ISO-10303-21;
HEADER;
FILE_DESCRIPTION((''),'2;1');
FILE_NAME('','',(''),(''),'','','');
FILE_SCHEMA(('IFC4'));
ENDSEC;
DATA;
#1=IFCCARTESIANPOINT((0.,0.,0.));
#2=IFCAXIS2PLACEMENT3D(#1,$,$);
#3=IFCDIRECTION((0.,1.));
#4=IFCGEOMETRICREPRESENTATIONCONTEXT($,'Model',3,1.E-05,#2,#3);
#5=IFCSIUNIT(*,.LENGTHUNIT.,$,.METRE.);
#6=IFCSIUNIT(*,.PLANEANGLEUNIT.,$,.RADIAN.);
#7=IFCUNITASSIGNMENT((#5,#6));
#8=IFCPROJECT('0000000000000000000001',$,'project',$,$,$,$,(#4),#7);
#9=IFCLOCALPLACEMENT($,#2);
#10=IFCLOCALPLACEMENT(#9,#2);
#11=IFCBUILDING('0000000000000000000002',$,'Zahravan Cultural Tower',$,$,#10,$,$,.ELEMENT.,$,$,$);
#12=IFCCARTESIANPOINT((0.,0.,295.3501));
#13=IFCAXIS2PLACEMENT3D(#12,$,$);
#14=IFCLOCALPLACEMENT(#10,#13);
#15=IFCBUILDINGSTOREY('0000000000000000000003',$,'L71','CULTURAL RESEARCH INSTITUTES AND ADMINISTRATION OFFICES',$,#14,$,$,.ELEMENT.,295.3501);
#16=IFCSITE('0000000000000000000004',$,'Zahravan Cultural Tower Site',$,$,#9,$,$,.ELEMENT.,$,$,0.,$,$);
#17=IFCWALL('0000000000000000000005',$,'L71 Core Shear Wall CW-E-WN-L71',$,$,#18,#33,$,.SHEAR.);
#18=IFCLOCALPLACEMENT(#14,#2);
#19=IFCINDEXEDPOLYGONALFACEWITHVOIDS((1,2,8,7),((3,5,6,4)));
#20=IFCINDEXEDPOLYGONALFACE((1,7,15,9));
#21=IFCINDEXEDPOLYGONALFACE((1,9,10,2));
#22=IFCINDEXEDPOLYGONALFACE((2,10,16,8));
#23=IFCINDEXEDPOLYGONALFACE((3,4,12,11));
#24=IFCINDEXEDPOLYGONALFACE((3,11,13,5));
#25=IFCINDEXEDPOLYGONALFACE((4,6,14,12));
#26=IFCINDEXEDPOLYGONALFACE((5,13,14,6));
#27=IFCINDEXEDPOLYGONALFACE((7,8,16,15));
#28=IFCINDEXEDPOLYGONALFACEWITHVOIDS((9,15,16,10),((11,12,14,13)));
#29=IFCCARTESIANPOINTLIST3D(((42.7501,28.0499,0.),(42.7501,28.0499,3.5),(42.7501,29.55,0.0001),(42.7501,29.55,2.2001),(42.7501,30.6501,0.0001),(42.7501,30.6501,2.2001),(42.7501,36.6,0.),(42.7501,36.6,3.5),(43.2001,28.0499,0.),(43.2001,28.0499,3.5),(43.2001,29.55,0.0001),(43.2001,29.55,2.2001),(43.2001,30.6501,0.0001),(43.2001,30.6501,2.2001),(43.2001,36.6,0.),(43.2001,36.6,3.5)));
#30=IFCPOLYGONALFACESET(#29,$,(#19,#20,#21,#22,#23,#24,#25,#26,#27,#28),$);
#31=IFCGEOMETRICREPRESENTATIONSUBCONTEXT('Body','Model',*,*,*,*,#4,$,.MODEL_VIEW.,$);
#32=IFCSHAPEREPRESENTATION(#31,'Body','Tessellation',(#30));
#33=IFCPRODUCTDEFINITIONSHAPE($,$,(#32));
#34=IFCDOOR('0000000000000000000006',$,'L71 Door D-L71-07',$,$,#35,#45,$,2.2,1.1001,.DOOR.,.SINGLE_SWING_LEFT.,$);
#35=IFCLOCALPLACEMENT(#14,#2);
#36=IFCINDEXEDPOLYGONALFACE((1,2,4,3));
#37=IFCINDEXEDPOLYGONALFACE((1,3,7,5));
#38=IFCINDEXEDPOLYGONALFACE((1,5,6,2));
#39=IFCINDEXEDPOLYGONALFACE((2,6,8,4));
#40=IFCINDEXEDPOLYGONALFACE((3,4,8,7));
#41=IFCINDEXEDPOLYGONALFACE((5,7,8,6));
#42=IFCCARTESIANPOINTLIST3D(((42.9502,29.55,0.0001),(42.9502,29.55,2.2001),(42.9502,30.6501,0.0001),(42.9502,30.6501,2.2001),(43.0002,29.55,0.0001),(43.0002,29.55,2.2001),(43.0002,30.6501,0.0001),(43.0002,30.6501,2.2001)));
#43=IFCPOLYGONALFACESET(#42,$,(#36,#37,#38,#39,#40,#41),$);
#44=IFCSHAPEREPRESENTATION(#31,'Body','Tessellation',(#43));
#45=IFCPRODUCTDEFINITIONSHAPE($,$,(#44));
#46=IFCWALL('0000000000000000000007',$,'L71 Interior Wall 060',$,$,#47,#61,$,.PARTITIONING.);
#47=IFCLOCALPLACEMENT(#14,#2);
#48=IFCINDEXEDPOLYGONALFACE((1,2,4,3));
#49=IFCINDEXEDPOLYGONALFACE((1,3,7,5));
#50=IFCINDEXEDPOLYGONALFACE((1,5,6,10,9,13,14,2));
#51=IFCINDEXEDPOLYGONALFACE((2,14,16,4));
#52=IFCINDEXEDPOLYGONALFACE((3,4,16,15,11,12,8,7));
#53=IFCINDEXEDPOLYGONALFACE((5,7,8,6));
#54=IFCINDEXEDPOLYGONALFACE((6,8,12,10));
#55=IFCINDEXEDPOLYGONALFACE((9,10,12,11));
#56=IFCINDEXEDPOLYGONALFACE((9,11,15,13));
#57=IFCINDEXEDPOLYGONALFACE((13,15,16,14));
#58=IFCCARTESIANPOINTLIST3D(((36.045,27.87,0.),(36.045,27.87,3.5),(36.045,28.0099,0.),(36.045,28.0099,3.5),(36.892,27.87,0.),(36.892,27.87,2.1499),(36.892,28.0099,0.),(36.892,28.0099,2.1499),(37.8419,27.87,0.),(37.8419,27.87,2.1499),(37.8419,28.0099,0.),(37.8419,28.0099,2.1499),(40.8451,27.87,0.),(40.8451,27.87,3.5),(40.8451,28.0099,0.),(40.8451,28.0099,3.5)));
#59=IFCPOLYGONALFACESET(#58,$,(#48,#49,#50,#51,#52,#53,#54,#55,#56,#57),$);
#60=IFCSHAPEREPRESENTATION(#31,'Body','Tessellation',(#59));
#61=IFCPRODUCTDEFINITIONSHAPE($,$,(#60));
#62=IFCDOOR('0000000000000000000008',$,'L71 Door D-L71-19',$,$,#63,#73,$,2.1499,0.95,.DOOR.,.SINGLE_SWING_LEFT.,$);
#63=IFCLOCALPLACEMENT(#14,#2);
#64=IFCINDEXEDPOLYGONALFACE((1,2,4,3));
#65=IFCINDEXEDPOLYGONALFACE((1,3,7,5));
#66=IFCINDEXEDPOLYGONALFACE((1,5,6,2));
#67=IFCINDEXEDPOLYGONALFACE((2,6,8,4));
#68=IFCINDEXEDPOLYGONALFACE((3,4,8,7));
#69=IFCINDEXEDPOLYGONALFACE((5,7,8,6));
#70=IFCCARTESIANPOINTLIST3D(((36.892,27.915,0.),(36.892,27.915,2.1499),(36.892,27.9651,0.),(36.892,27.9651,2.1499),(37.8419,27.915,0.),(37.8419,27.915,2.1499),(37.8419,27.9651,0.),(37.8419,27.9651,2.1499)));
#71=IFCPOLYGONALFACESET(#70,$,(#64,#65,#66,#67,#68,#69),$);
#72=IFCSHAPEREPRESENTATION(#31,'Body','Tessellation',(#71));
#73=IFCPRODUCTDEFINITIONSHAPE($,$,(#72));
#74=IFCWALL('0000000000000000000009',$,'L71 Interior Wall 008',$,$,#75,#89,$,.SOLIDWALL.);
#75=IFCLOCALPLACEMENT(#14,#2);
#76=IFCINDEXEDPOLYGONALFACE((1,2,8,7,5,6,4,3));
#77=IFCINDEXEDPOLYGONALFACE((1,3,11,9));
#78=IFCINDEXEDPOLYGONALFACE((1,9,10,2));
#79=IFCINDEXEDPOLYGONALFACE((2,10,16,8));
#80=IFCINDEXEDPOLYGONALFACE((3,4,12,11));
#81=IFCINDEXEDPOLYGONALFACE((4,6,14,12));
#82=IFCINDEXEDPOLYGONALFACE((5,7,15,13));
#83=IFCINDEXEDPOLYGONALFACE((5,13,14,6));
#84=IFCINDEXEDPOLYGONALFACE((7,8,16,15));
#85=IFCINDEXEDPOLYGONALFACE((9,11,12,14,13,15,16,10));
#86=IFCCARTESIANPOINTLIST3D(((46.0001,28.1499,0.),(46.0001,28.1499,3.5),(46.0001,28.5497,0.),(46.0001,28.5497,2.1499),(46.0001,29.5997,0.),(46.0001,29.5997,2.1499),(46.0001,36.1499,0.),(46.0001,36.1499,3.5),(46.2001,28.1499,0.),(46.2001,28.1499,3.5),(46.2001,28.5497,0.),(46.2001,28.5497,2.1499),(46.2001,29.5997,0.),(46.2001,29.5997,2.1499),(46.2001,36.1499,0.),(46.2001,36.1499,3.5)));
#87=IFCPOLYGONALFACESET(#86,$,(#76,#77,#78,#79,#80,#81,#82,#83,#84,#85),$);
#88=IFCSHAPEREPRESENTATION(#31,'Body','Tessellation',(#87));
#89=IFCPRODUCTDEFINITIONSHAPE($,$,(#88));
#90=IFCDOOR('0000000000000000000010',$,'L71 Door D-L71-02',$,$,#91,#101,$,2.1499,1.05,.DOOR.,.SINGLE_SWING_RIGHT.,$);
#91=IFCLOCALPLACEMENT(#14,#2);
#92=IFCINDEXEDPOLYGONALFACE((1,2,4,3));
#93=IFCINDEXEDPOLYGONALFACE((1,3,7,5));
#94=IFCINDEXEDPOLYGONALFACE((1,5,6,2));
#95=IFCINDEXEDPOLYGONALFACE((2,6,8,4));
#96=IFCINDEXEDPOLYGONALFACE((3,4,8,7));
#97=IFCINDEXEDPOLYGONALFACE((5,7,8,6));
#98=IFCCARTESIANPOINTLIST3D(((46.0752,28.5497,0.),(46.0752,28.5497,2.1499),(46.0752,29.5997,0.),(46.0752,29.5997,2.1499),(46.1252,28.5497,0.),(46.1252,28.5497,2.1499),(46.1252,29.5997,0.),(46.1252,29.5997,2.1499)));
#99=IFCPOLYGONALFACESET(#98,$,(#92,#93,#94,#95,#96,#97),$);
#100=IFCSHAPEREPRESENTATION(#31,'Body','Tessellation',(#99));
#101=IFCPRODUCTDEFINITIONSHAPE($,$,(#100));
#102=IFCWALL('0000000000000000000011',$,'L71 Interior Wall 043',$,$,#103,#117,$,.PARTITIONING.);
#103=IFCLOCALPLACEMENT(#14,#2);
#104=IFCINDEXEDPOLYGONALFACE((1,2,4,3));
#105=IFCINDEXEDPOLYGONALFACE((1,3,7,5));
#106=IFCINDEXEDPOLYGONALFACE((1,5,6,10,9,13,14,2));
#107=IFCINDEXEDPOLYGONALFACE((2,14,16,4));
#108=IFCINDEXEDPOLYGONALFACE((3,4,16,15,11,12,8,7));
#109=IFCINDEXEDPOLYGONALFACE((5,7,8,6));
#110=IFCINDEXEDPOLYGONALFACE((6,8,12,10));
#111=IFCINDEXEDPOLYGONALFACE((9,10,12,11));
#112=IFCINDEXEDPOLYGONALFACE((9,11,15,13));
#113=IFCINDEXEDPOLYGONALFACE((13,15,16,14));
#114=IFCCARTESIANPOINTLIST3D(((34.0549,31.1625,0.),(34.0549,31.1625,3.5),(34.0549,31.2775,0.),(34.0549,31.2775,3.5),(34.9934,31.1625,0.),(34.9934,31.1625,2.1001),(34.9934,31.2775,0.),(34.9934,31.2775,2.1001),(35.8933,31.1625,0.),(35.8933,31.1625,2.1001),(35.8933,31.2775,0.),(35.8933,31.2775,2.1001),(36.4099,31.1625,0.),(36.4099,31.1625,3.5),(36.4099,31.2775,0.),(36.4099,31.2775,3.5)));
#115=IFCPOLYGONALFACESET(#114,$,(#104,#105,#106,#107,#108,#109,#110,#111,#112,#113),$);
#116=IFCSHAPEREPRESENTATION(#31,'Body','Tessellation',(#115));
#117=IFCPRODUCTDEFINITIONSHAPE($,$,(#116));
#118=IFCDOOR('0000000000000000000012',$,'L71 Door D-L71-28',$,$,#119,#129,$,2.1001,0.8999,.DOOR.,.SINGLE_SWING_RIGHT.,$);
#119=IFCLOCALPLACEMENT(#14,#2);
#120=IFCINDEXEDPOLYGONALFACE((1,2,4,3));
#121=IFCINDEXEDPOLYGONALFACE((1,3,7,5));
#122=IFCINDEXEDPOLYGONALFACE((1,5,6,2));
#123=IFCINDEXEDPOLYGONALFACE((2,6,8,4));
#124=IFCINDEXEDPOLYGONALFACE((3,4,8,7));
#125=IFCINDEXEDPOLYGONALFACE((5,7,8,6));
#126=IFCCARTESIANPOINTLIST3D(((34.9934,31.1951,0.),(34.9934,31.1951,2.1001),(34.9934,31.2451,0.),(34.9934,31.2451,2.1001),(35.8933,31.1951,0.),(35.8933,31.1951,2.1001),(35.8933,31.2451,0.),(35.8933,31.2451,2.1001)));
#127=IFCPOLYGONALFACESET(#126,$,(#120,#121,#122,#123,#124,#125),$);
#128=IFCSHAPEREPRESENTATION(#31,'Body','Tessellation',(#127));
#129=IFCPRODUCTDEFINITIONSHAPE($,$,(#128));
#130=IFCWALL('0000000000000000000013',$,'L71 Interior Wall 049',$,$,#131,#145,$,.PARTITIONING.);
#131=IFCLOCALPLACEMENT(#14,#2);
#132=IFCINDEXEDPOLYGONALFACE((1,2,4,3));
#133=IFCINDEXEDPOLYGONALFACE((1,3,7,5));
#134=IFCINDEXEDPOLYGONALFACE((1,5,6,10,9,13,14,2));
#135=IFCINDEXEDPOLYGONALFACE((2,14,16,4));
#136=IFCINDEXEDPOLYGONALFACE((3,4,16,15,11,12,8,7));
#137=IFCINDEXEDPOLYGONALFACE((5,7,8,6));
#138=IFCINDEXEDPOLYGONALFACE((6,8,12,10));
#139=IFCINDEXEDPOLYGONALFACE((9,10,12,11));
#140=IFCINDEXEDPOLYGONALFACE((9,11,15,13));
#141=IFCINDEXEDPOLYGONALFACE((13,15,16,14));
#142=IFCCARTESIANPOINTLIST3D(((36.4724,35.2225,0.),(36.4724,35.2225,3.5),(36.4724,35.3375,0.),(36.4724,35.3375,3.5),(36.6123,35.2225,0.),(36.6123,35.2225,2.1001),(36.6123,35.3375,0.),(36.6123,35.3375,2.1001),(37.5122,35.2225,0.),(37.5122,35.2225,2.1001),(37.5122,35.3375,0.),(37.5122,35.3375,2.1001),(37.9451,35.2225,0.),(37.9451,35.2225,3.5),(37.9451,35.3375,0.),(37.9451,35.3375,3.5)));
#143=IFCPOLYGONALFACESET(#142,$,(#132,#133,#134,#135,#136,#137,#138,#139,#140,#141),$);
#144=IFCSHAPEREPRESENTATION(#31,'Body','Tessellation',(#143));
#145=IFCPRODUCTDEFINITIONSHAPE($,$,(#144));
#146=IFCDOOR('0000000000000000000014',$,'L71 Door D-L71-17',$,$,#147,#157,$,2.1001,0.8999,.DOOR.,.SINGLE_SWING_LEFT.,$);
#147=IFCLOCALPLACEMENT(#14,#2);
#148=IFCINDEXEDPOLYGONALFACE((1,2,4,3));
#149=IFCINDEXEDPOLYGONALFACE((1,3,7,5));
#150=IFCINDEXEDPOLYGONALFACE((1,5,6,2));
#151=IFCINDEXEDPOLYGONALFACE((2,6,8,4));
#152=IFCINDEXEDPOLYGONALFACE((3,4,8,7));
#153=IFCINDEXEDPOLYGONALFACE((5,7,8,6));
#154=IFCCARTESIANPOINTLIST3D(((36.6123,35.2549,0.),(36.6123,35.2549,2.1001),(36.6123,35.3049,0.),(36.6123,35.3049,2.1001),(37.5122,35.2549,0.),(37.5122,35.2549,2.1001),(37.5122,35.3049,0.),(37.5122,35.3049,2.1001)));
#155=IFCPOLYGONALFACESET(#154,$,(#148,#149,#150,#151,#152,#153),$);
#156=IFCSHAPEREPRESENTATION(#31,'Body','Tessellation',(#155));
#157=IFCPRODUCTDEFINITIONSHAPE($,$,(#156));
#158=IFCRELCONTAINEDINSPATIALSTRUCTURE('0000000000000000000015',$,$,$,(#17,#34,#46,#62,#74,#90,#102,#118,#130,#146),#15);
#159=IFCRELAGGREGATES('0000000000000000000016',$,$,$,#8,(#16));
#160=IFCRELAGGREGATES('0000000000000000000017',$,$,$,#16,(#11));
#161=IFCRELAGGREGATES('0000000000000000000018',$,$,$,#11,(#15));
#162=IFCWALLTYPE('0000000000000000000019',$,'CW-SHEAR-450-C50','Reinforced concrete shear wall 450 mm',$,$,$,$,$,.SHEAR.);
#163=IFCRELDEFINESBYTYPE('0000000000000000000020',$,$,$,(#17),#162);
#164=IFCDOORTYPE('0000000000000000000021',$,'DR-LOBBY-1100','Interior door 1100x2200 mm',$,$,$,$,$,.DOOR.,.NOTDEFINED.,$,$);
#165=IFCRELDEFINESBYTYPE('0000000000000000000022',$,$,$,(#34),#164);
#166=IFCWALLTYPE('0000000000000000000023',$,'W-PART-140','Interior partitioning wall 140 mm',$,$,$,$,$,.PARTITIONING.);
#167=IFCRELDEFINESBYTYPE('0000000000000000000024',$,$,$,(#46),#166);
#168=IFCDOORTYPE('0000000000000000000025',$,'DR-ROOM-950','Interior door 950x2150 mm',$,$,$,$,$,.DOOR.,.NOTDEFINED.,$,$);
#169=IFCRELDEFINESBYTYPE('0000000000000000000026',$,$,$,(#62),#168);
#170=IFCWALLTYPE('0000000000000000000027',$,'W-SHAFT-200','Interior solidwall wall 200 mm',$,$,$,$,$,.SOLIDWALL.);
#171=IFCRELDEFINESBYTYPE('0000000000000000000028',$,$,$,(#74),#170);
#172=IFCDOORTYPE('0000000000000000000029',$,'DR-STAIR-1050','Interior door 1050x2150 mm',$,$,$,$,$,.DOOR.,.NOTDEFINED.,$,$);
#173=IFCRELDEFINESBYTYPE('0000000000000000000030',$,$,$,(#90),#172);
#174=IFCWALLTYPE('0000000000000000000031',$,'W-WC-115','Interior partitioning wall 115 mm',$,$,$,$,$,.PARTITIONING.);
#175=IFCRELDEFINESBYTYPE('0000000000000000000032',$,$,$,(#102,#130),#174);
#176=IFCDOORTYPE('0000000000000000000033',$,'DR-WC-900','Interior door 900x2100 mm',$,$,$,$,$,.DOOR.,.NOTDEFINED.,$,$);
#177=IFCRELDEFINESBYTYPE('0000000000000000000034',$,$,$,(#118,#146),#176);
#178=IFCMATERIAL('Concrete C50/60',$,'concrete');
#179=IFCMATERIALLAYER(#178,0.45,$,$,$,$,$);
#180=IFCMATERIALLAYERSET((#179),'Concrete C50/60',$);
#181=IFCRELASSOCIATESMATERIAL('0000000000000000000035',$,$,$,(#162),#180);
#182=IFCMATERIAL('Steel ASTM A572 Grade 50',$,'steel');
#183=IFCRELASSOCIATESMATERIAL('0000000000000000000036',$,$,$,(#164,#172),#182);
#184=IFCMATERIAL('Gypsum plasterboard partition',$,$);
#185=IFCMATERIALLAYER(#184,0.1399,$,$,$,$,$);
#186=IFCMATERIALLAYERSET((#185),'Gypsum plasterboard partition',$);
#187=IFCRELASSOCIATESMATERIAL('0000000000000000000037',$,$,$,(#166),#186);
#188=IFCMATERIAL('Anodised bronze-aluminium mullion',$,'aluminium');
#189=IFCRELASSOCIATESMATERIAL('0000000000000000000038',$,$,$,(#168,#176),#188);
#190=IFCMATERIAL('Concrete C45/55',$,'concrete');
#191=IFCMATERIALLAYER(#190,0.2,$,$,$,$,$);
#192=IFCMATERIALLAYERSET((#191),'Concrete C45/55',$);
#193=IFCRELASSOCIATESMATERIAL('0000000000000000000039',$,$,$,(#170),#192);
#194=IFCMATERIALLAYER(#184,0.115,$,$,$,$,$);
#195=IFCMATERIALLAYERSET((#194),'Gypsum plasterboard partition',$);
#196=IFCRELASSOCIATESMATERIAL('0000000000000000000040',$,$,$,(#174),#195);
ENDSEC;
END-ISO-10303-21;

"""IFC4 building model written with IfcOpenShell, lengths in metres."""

from ifc_helpers import new_model, si_unit, direction, frame, frame_2d, origin, place, context, subcontext, project, spatial, rectangle, extrude, source, transform, mapped, material, layer, layer_set, type_object, element, fill, save


model = new_model("IFC4")

# Units and contexts
model_context = context("Model", 3, precision=1e-05, world=origin(), true_north=direction((0.0, 1.0)))
body_context = subcontext(model_context, "Body", "Model", "MODEL_VIEW")
ifc_project = project(units=[si_unit("LENGTHUNIT", "METRE"), si_unit("PLANEANGLEUNIT", "RADIAN")], contexts=[model_context])

# Site, building, storey
site_placement = place(None, origin())
site = spatial("IfcSite", under=ifc_project, at=site_placement, Name="Zahravan Cultural Tower Site", CompositionType="ELEMENT", RefElevation=0.0)
building_placement = place(site_placement, origin())
building = spatial("IfcBuilding", under=site, at=building_placement, Name="Zahravan Cultural Tower", CompositionType="ELEMENT")
storey_placement = place(building_placement, frame((0.0, 0.0, 295.3501)))
storey = spatial("IfcBuildingStorey", under=building, at=storey_placement, Name="L71", Description="CULTURAL RESEARCH INSTITUTES AND ADMINISTRATION OFFICES", CompositionType="ELEMENT", Elevation=295.3501)

# Walls, openings, doors
ifc_material_1 = material(Name="Concrete C50/60", Category="concrete")
ifc_layer_1 = layer(ifc_material_1, 0.45)
ifc_layer_set_1 = layer_set([ifc_layer_1], Name="Concrete C50/60")
wall_type_1 = type_object("IfcWallType", Name="CW-SHEAR-450-C50", Description="Reinforced concrete shear wall 450 mm", PredefinedType="SHEAR", material=ifc_layer_set_1)
wall_1_placement = place(storey_placement, frame((42.9751, 28.05, 0.0), z_axis=(0.0, 0.0, 1.0), x_axis=(0.0, 1.0, 0.0)))
wall_1 = element("IfcWall", 1, at=wall_1_placement, inside=storey, type_object=wall_type_1, Name="L71 Core Shear Wall CW-E-WN-L71", PredefinedType="SHEAR", context=body_context, shape_type="SweptSolid", body=[
    extrude(rectangle(XDim=8.55, YDim=0.45, at=frame_2d((4.2749, 0.0))), origin(), (0.0, 0.0, 1.0), 3.5),
])
opening_1_placement = place(wall_1_placement, frame((1.5, 0.0, 0.0)))
opening_1 = element("IfcOpeningElement", 2, at=opening_1_placement, cuts=wall_1, PredefinedType="OPENING", context=body_context, shape_type="SweptSolid", body=[
    extrude(rectangle(XDim=1.1001, YDim=2.2, at=frame_2d((0.55, 1.1001))), frame((0.0, 0.2349, 0.0), z_axis=(0.0, -1.0, 0.0), x_axis=(1.0, 0.0, 0.0)), (0.0, 0.0, 1.0), 0.47),
])
ifc_material_2 = material(Name="Steel ASTM A572 Grade 50", Category="steel")
door_type_1 = type_object("IfcDoorType", Name="DR-LOBBY-1100", Description="Interior door 1100x2200 mm", OperationType="NOTDEFINED", PredefinedType="DOOR", material=ifc_material_2)
shared_shape_1 = source(origin(), body_context, "Body", "SweptSolid", [
    extrude(rectangle(XDim=1.1001, YDim=2.2, at=frame_2d((0.55, 1.1001))), frame((0.0, 0.0249, 0.0), z_axis=(0.0, -1.0, 0.0), x_axis=(1.0, 0.0, 0.0)), (0.0, 0.0, 1.0), 0.05),
])
door_1_placement = place(opening_1_placement, origin())
door_1 = element("IfcDoor", 3, at=door_1_placement, inside=storey, type_object=door_type_1, Name="L71 Door D-L71-07", OperationType="SINGLE_SWING_LEFT", OverallHeight=2.2, OverallWidth=1.1001, PredefinedType="DOOR", context=body_context, shape_type="MappedRepresentation", body=[
    mapped(shared_shape_1, transform((0.0, 0.0, 0.0), x_axis=(1.0, 0.0, 0.0), y_axis=(0.0, 1.0, 0.0), z_axis=(0.0, 0.0, 1.0), scale=1.0)),
])
fill(opening_1, door_1)
ifc_material_3 = material(Name="Gypsum plasterboard partition")
ifc_layer_2 = layer(ifc_material_3, 0.1399)
ifc_layer_set_2 = layer_set([ifc_layer_2], Name="Gypsum plasterboard partition")
wall_type_2 = type_object("IfcWallType", Name="W-PART-140", Description="Interior partitioning wall 140 mm", PredefinedType="PARTITIONING", material=ifc_layer_set_2)
wall_2_placement = place(storey_placement, frame((40.845, 27.9399, 0.0), z_axis=(0.0, 0.0, 1.0), x_axis=(-1.0, 0.0, 0.0)))
wall_2 = element("IfcWall", 4, at=wall_2_placement, inside=storey, type_object=wall_type_2, Name="L71 Interior Wall 060", PredefinedType="PARTITIONING", context=body_context, shape_type="SweptSolid", body=[
    extrude(rectangle(XDim=4.8, YDim=0.1399, at=frame_2d((2.3999, 0.0))), origin(), (0.0, 0.0, 1.0), 3.5),
])
opening_2_placement = place(wall_2_placement, frame((3.0029, 0.0, 0.0)))
opening_2 = element("IfcOpeningElement", 5, at=opening_2_placement, cuts=wall_2, PredefinedType="OPENING", context=body_context, shape_type="SweptSolid", body=[
    extrude(rectangle(XDim=0.95, YDim=2.1499, at=frame_2d((0.4751, 1.075))), frame((0.0, 0.0798, 0.0), z_axis=(0.0, -1.0, 0.0), x_axis=(1.0, 0.0, 0.0)), (0.0, 0.0, 1.0), 0.1599),
])
ifc_material_4 = material(Name="Anodised bronze-aluminium mullion", Category="aluminium")
door_type_2 = type_object("IfcDoorType", Name="DR-ROOM-950", Description="Interior door 950x2150 mm", OperationType="NOTDEFINED", PredefinedType="DOOR", material=ifc_material_4)
shared_shape_2 = source(origin(), body_context, "Body", "SweptSolid", [
    extrude(rectangle(XDim=0.95, YDim=2.1499, at=frame_2d((0.4751, 1.075))), frame((0.0, 0.0249, 0.0), z_axis=(0.0, -1.0, 0.0), x_axis=(1.0, 0.0, 0.0)), (0.0, 0.0, 1.0), 0.05),
])
door_2_placement = place(opening_2_placement, origin())
door_2 = element("IfcDoor", 6, at=door_2_placement, inside=storey, type_object=door_type_2, Name="L71 Door D-L71-19", OperationType="SINGLE_SWING_LEFT", OverallHeight=2.1499, OverallWidth=0.95, PredefinedType="DOOR", context=body_context, shape_type="MappedRepresentation", body=[
    mapped(shared_shape_2, transform((0.0, 0.0, 0.0), x_axis=(1.0, 0.0, 0.0), y_axis=(0.0, 1.0, 0.0), z_axis=(0.0, 0.0, 1.0), scale=1.0)),
])
fill(opening_2, door_2)
ifc_material_5 = material(Name="Concrete C45/55", Category="concrete")
ifc_layer_3 = layer(ifc_material_5, 0.2)
ifc_layer_set_3 = layer_set([ifc_layer_3], Name="Concrete C45/55")
wall_type_3 = type_object("IfcWallType", Name="W-SHAFT-200", Description="Interior solidwall wall 200 mm", PredefinedType="SOLIDWALL", material=ifc_layer_set_3)
wall_3_placement = place(storey_placement, frame((46.1001, 28.1499, 0.0), z_axis=(0.0, 0.0, 1.0), x_axis=(0.0, 1.0, 0.0)))
wall_3 = element("IfcWall", 7, at=wall_3_placement, inside=storey, type_object=wall_type_3, Name="L71 Interior Wall 008", PredefinedType="SOLIDWALL", context=body_context, shape_type="SweptSolid", body=[
    extrude(rectangle(XDim=8.0, YDim=0.2, at=frame_2d((4.0, 0.0))), origin(), (0.0, 0.0, 1.0), 3.5),
])
opening_3_placement = place(wall_3_placement, frame((0.3999, 0.0, 0.0)))
opening_3 = element("IfcOpeningElement", 8, at=opening_3_placement, cuts=wall_3, PredefinedType="OPENING", context=body_context, shape_type="SweptSolid", body=[
    extrude(rectangle(XDim=1.05, YDim=2.1499, at=frame_2d((0.5249, 1.075))), frame((0.0, 0.1099, 0.0), z_axis=(0.0, -1.0, 0.0), x_axis=(1.0, 0.0, 0.0)), (0.0, 0.0, 1.0), 0.22),
])
door_type_3 = type_object("IfcDoorType", Name="DR-STAIR-1050", Description="Interior door 1050x2150 mm", OperationType="NOTDEFINED", PredefinedType="DOOR", material=ifc_material_2)
shared_shape_3 = source(origin(), body_context, "Body", "SweptSolid", [
    extrude(rectangle(XDim=1.05, YDim=2.1499, at=frame_2d((0.5249, 1.075))), frame((0.0, 0.0249, 0.0), z_axis=(0.0, -1.0, 0.0), x_axis=(1.0, 0.0, 0.0)), (0.0, 0.0, 1.0), 0.05),
])
door_3_placement = place(opening_3_placement, origin())
door_3 = element("IfcDoor", 9, at=door_3_placement, inside=storey, type_object=door_type_3, Name="L71 Door D-L71-02", OperationType="SINGLE_SWING_RIGHT", OverallHeight=2.1499, OverallWidth=1.05, PredefinedType="DOOR", context=body_context, shape_type="MappedRepresentation", body=[
    mapped(shared_shape_3, transform((0.0, 0.0, 0.0), x_axis=(1.0, 0.0, 0.0), y_axis=(0.0, 1.0, 0.0), z_axis=(0.0, 0.0, 1.0), scale=1.0)),
])
fill(opening_3, door_3)
ifc_layer_4 = layer(ifc_material_3, 0.115)
ifc_layer_set_4 = layer_set([ifc_layer_4], Name="Gypsum plasterboard partition")
wall_type_4 = type_object("IfcWallType", Name="W-WC-115", Description="Interior partitioning wall 115 mm", PredefinedType="PARTITIONING", material=ifc_layer_set_4)
wall_4_placement = place(storey_placement, frame((36.4099, 31.22, 0.0), z_axis=(0.0, 0.0, 1.0), x_axis=(-1.0, 0.0, 0.0)))
wall_4 = element("IfcWall", 10, at=wall_4_placement, inside=storey, type_object=wall_type_4, Name="L71 Interior Wall 043", PredefinedType="PARTITIONING", context=body_context, shape_type="SweptSolid", body=[
    extrude(rectangle(XDim=2.355, YDim=0.115, at=frame_2d((1.1775, 0.0))), origin(), (0.0, 0.0, 1.0), 3.5),
])
opening_4_placement = place(wall_4_placement, frame((0.5166, 0.0, 0.0)))
opening_4 = element("IfcOpeningElement", 11, at=opening_4_placement, cuts=wall_4, PredefinedType="OPENING", context=body_context, shape_type="SweptSolid", body=[
    extrude(rectangle(XDim=0.8999, YDim=2.1001, at=frame_2d((0.45, 1.05))), frame((0.0, 0.0674, 0.0), z_axis=(0.0, -1.0, 0.0), x_axis=(1.0, 0.0, 0.0)), (0.0, 0.0, 1.0), 0.135),
])
door_type_4 = type_object("IfcDoorType", Name="DR-WC-900", Description="Interior door 900x2100 mm", OperationType="NOTDEFINED", PredefinedType="DOOR", material=ifc_material_4)
shared_shape_4 = source(origin(), body_context, "Body", "SweptSolid", [
    extrude(rectangle(XDim=0.8999, YDim=2.1001, at=frame_2d((0.45, 1.05))), frame((0.0, 0.0249, 0.0), z_axis=(0.0, -1.0, 0.0), x_axis=(1.0, 0.0, 0.0)), (0.0, 0.0, 1.0), 0.05),
])
door_4_placement = place(opening_4_placement, origin())
door_4 = element("IfcDoor", 12, at=door_4_placement, inside=storey, type_object=door_type_4, Name="L71 Door D-L71-28", OperationType="SINGLE_SWING_RIGHT", OverallHeight=2.1001, OverallWidth=0.8999, PredefinedType="DOOR", context=body_context, shape_type="MappedRepresentation", body=[
    mapped(shared_shape_4, transform((0.0, 0.0, 0.0), x_axis=(1.0, 0.0, 0.0), y_axis=(0.0, 1.0, 0.0), z_axis=(0.0, 0.0, 1.0), scale=1.0)),
])
fill(opening_4, door_4)
wall_5_placement = place(storey_placement, frame((36.4724, 35.28, 0.0), z_axis=(0.0, 0.0, 1.0), x_axis=(1.0, 0.0, 0.0)))
wall_5 = element("IfcWall", 13, at=wall_5_placement, inside=storey, type_object=wall_type_4, Name="L71 Interior Wall 049", PredefinedType="PARTITIONING", context=body_context, shape_type="SweptSolid", body=[
    extrude(rectangle(XDim=1.4727, YDim=0.115, at=frame_2d((0.7363, 0.0))), origin(), (0.0, 0.0, 1.0), 3.5),
])
opening_5_placement = place(wall_5_placement, frame((0.1399, 0.0, 0.0)))
opening_5 = element("IfcOpeningElement", 14, at=opening_5_placement, cuts=wall_5, PredefinedType="OPENING", context=body_context, shape_type="SweptSolid", body=[
    extrude(rectangle(XDim=0.8999, YDim=2.1001, at=frame_2d((0.45, 1.05))), frame((0.0, 0.0674, 0.0), z_axis=(0.0, -1.0, 0.0), x_axis=(1.0, 0.0, 0.0)), (0.0, 0.0, 1.0), 0.135),
])
door_5_placement = place(opening_5_placement, origin())
door_5 = element("IfcDoor", 15, at=door_5_placement, inside=storey, type_object=door_type_4, Name="L71 Door D-L71-17", OperationType="SINGLE_SWING_LEFT", OverallHeight=2.1001, OverallWidth=0.8999, PredefinedType="DOOR", context=body_context, shape_type="MappedRepresentation", body=[
    mapped(shared_shape_4, transform((0.0, 0.0, 0.0), x_axis=(1.0, 0.0, 0.0), y_axis=(0.0, 1.0, 0.0), z_axis=(0.0, 0.0, 1.0), scale=1.0)),
])
fill(opening_5, door_5)

save(model, "model.ifc")
